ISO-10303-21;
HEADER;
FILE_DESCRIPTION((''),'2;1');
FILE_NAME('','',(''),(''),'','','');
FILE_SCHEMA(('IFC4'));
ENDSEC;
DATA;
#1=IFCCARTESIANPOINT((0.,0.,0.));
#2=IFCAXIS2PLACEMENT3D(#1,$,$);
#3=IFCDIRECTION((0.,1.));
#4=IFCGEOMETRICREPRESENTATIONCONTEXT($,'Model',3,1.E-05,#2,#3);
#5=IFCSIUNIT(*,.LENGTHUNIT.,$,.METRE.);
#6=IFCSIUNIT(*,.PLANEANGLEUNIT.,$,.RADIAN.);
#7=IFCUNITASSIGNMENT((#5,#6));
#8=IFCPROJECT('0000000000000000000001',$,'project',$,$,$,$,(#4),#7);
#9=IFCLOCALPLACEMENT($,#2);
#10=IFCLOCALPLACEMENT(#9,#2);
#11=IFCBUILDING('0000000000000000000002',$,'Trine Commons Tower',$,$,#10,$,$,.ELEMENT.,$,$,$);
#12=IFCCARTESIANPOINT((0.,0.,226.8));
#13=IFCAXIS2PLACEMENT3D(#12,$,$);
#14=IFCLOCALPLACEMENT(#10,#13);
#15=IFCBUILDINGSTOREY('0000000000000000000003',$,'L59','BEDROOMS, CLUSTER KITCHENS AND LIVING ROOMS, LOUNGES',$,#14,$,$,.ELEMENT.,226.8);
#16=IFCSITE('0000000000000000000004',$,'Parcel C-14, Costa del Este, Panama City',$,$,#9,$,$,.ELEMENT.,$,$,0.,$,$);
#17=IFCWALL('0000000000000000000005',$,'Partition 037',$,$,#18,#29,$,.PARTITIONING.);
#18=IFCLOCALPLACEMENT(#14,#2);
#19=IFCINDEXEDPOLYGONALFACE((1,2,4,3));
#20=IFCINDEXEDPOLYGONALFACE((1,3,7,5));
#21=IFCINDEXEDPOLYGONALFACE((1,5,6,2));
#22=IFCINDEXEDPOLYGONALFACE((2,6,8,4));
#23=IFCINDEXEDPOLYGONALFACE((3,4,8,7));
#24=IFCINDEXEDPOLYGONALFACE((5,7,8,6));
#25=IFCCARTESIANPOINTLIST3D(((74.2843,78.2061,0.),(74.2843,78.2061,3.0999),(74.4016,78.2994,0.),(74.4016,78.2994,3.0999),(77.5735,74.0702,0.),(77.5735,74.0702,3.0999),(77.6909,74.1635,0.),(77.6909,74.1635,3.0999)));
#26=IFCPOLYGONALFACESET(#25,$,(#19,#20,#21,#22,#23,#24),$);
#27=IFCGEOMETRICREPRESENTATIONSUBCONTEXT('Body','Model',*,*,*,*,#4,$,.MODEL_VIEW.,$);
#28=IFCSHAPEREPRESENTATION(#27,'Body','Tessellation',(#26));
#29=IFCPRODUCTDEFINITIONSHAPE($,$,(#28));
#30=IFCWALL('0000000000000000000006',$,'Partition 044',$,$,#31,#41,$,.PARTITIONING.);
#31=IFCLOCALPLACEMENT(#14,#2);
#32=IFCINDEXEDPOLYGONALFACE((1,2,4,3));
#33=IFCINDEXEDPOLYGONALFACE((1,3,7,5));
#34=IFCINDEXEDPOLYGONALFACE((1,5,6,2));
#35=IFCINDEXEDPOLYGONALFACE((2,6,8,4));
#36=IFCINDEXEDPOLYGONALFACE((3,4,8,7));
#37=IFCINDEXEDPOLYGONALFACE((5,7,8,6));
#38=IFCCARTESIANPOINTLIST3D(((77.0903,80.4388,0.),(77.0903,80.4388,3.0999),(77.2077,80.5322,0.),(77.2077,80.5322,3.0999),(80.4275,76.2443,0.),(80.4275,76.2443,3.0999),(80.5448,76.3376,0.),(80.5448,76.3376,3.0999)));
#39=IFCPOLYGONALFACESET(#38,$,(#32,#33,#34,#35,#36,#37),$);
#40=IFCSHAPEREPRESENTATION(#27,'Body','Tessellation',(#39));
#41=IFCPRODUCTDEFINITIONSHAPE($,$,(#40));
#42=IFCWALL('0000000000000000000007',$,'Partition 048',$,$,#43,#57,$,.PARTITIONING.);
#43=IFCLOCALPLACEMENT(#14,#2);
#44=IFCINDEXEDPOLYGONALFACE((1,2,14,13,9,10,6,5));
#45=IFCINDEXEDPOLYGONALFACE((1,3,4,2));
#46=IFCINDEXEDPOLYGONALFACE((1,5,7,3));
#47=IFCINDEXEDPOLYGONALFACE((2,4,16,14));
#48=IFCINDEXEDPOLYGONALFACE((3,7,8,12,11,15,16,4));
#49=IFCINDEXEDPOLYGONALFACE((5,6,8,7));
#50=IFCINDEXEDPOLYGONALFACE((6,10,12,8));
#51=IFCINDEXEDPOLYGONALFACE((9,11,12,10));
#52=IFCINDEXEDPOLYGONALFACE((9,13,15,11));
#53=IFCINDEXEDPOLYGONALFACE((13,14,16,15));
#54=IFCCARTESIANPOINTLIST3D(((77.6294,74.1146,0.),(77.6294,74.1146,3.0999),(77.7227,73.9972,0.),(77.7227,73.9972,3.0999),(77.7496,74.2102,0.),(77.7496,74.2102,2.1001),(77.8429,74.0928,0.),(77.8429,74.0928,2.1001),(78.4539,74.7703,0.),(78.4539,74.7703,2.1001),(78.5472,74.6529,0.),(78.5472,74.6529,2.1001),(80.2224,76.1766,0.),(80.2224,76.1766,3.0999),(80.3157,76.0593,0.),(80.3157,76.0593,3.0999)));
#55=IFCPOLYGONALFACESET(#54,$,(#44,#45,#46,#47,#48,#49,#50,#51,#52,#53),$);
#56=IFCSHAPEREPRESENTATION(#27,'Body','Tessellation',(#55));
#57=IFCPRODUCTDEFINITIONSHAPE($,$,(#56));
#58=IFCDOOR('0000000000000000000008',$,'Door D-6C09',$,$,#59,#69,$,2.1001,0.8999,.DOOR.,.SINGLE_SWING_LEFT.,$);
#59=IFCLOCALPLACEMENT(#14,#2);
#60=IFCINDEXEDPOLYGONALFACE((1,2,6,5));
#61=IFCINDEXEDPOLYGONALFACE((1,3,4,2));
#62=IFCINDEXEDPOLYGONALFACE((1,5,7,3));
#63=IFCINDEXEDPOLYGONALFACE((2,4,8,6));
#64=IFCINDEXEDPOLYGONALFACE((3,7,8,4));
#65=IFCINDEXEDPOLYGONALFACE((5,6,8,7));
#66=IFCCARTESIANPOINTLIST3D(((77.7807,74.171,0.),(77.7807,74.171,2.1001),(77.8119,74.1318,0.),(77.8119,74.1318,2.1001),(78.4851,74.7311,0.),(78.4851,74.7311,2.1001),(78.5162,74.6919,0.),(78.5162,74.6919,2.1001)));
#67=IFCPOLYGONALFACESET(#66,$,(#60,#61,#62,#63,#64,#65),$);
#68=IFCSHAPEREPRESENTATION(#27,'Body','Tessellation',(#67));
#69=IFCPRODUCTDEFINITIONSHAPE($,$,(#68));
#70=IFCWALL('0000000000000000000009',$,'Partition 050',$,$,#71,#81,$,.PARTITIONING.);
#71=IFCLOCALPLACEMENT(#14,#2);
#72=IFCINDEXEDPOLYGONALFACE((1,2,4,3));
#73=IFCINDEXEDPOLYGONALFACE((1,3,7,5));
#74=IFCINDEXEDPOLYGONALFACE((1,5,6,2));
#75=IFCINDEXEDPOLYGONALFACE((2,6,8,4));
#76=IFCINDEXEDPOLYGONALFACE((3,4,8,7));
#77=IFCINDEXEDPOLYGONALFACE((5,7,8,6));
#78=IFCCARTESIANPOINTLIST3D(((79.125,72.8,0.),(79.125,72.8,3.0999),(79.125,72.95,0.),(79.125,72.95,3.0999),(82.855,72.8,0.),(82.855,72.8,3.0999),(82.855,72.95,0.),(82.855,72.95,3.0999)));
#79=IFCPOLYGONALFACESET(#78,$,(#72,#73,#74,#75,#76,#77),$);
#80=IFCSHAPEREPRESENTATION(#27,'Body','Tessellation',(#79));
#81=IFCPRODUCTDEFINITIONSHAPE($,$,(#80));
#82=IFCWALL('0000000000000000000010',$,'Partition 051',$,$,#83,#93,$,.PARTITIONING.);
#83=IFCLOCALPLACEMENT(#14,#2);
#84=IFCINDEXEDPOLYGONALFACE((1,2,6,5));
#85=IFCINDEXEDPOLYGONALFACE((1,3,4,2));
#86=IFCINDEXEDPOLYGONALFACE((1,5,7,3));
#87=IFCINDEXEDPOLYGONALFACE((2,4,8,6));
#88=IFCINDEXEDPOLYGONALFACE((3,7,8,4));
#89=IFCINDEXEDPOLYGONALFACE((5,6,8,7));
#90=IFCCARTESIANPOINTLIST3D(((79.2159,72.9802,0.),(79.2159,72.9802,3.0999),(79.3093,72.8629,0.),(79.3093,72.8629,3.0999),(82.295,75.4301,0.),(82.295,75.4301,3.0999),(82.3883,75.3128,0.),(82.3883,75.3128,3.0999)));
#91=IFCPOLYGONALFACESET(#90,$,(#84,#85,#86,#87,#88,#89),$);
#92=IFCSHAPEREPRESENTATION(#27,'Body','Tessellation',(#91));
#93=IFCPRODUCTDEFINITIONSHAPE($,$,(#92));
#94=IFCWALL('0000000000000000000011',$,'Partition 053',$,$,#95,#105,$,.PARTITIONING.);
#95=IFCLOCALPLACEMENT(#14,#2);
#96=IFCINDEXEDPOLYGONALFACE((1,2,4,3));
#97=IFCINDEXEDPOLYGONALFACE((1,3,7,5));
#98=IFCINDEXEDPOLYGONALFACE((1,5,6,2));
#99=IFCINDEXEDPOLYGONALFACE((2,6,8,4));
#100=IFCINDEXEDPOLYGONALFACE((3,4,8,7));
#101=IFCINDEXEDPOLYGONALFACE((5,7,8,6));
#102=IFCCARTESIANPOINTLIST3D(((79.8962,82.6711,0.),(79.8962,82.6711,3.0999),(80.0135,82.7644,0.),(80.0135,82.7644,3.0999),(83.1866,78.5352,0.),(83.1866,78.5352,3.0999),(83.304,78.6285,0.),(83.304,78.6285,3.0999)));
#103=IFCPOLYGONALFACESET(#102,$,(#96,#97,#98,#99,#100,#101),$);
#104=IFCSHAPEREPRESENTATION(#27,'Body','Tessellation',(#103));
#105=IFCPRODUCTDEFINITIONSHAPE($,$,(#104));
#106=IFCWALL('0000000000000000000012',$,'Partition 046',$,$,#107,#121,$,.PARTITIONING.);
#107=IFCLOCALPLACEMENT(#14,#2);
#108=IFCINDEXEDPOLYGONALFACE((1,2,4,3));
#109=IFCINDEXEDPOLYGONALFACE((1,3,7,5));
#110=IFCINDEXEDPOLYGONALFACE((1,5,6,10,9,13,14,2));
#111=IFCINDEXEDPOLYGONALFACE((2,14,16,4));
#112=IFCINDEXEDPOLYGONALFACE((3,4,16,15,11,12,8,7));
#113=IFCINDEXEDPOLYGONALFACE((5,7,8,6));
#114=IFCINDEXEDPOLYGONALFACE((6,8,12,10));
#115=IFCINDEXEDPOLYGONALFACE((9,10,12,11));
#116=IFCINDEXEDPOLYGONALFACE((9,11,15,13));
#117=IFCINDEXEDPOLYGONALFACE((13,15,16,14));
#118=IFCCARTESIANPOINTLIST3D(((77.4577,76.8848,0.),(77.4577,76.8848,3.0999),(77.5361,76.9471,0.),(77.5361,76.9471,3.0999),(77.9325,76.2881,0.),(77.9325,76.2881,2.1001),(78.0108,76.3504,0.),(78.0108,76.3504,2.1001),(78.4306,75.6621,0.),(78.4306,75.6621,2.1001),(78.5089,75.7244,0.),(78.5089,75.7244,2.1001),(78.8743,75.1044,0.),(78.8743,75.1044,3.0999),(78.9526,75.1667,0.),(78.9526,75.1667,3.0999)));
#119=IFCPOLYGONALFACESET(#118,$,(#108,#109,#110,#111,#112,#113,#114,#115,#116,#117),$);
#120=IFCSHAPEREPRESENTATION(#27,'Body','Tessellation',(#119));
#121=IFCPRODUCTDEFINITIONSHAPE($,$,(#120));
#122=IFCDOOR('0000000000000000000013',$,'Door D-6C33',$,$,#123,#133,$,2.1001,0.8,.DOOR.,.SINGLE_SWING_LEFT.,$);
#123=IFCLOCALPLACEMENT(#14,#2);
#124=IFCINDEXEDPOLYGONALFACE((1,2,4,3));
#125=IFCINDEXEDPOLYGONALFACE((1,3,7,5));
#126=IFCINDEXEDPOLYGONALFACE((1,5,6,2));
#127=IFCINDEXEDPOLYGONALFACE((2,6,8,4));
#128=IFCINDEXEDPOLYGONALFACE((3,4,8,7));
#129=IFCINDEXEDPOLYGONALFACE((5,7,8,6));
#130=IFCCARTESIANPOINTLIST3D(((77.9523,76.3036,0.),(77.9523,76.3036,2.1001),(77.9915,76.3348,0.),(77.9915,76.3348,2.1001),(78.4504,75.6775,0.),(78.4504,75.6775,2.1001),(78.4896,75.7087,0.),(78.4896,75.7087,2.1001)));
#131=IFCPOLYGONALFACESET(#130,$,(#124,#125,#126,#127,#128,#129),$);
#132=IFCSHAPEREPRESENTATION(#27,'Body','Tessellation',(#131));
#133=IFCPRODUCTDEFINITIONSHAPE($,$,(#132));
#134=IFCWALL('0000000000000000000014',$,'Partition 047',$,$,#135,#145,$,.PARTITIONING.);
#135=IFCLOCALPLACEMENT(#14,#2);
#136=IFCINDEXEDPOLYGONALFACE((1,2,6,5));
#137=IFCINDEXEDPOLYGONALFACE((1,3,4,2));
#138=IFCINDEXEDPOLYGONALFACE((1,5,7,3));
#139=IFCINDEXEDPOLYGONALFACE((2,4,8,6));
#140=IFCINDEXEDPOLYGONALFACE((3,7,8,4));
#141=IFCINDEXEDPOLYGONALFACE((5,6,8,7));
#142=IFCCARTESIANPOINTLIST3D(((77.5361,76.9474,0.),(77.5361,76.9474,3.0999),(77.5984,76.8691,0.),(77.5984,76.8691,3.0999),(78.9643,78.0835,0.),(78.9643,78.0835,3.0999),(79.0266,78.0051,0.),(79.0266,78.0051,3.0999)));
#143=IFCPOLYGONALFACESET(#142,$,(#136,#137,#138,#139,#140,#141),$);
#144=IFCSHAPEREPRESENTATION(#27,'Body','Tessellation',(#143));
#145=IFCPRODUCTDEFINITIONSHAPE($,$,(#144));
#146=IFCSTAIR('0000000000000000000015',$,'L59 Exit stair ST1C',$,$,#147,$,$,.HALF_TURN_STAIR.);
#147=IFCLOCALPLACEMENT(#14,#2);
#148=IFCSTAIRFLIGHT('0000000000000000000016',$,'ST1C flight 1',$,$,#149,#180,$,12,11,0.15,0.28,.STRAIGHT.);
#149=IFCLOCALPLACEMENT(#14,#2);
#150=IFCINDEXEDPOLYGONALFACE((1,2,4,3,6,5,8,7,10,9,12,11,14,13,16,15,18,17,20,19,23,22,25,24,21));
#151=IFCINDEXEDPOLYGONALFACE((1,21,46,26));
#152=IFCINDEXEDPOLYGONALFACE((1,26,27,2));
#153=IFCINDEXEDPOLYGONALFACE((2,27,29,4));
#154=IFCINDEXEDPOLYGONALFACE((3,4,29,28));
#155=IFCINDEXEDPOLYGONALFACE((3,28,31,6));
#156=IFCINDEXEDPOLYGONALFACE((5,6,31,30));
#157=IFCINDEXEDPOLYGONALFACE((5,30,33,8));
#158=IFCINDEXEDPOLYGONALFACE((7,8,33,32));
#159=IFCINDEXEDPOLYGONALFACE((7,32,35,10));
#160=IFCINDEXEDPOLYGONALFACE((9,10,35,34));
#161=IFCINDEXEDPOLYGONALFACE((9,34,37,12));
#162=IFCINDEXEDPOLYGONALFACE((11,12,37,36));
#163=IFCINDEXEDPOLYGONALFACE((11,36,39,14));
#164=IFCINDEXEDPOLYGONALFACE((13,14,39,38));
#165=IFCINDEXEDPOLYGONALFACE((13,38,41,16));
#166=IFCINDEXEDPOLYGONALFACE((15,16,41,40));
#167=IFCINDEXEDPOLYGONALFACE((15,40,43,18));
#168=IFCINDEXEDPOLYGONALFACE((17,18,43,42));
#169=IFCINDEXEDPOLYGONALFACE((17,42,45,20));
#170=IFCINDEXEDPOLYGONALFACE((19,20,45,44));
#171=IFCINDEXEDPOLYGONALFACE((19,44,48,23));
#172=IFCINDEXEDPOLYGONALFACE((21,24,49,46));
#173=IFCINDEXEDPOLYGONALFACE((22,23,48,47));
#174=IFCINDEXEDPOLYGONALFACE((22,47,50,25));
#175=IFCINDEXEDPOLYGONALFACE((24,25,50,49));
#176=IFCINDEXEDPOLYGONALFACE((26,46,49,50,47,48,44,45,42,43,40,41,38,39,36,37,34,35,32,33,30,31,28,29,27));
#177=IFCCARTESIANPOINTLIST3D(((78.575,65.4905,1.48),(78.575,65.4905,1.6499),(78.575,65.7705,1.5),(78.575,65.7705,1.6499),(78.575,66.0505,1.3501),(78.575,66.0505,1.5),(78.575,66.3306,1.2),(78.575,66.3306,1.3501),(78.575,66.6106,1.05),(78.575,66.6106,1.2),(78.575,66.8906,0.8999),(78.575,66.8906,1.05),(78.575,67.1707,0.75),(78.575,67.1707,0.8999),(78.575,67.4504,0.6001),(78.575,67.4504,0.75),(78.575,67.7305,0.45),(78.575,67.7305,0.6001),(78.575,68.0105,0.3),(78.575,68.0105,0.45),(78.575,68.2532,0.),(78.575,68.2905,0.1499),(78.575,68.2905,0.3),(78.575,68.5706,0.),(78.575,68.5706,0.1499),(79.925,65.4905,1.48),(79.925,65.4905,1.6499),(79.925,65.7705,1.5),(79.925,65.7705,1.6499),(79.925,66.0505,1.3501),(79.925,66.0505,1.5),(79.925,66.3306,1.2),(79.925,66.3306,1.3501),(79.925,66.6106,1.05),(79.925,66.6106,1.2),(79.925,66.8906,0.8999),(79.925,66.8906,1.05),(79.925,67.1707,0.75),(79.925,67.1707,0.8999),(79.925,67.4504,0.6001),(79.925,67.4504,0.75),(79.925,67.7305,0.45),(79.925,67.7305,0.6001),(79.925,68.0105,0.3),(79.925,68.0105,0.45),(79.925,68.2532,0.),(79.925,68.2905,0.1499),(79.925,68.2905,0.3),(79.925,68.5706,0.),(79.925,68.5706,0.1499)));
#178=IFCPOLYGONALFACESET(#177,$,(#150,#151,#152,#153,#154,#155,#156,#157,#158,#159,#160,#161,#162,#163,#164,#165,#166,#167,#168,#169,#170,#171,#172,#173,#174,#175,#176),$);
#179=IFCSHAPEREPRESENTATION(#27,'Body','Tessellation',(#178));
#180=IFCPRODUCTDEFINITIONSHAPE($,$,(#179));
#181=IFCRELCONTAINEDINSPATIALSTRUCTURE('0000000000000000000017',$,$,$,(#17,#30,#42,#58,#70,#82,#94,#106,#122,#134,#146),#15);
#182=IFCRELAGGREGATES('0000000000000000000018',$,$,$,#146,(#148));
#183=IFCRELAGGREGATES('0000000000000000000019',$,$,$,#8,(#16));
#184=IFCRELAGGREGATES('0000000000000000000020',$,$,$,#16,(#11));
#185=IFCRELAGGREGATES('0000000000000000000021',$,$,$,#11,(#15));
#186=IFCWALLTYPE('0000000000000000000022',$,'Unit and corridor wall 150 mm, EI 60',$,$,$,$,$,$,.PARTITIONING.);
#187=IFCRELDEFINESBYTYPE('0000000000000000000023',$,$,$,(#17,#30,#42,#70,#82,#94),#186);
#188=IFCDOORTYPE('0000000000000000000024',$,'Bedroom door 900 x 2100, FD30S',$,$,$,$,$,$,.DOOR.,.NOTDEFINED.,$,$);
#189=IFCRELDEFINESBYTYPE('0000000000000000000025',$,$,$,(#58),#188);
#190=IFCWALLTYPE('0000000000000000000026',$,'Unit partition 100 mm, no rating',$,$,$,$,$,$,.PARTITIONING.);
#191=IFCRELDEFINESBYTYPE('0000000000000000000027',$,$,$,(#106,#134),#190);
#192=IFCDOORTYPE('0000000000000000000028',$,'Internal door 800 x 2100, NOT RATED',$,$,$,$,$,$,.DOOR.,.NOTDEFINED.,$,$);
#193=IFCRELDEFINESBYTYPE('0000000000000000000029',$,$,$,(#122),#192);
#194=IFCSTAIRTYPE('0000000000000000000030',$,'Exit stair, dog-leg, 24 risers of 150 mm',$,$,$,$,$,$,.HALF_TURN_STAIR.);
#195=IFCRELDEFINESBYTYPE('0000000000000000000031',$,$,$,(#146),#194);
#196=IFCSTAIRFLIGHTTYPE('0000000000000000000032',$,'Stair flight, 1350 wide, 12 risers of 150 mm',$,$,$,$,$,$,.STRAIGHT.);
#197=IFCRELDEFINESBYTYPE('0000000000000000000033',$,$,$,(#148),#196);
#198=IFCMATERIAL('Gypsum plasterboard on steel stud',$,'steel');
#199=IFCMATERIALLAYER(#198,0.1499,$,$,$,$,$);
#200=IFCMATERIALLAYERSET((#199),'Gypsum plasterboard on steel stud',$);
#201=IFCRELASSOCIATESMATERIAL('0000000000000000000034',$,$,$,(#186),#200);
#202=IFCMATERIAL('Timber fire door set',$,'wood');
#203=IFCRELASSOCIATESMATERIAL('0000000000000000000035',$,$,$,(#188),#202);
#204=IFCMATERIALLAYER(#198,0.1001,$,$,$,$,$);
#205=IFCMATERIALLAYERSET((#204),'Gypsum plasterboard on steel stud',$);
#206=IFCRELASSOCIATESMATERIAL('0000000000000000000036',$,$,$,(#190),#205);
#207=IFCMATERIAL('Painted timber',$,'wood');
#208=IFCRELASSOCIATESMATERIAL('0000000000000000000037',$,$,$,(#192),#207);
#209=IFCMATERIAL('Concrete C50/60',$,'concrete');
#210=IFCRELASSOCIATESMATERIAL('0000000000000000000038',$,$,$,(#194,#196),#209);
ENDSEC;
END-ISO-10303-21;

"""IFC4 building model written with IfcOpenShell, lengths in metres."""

from ifc_helpers import new_model, si_unit, direction, frame, frame_2d, origin, place, context, subcontext, project, spatial, polyline, rectangle, outline, extrude, material, layer, layer_set, type_object, element, fill, aggregate, save


model = new_model("IFC4")

# Units and contexts
model_context = context("Model", 3, precision=1e-05, world=origin(), true_north=direction((0.0, 1.0)))
body_context = subcontext(model_context, "Body", "Model", "MODEL_VIEW")
ifc_project = project(units=[si_unit("LENGTHUNIT", "METRE"), si_unit("PLANEANGLEUNIT", "RADIAN")], contexts=[model_context])

# Site, building, storey
site_placement = place(None, origin())
site = spatial("IfcSite", under=ifc_project, at=site_placement, Name="Parcel C-14, Costa del Este, Panama City", CompositionType="ELEMENT", RefElevation=0.0)
building_placement = place(site_placement, origin())
building = spatial("IfcBuilding", under=site, at=building_placement, Name="Trine Commons Tower", CompositionType="ELEMENT")
storey_placement = place(building_placement, frame((0.0, 0.0, 226.8)))
storey = spatial("IfcBuildingStorey", under=building, at=storey_placement, Name="L59", Description="BEDROOMS, CLUSTER KITCHENS AND LIVING ROOMS, LOUNGES", CompositionType="ELEMENT", Elevation=226.8)

# Walls
ifc_material_1 = material(Name="Gypsum plasterboard on steel stud", Category="steel")
ifc_layer_1 = layer(ifc_material_1, 0.1499)
ifc_layer_set_1 = layer_set([ifc_layer_1], Name="Gypsum plasterboard on steel stud")
wall_type_1 = type_object("IfcWallType", Name="Unit and corridor wall 150 mm, EI 60", PredefinedType="PARTITIONING", material=ifc_layer_set_1)
wall_1_placement = place(storey_placement, frame((74.343, 78.2527, 0.0), z_axis=(0.0, 0.0, 1.0), x_axis=(0.622444, -0.782664, 0.0)))
element("IfcWall", 1, at=wall_1_placement, inside=storey, type_object=wall_type_1, Name="Partition 037", PredefinedType="PARTITIONING", context=body_context, shape_type="SweptSolid", body=[
    extrude(rectangle(XDim=5.2844, YDim=0.1499, at=frame_2d((2.6421, 0.0))), origin(), (0.0, 0.0, 1.0), 3.0999),
])
wall_2_placement = place(storey_placement, frame((77.1489, 80.4856, 0.0), z_axis=(0.0, 0.0, 1.0), x_axis=(0.622588, -0.78255, 0.0)))
element("IfcWall", 2, at=wall_2_placement, inside=storey, type_object=wall_type_1, Name="Partition 044", PredefinedType="PARTITIONING", context=body_context, shape_type="SweptSolid", body=[
    extrude(rectangle(XDim=5.3601, YDim=0.1499, at=frame_2d((2.6802, 0.0))), origin(), (0.0, 0.0, 1.0), 3.0999),
])

# Wall, opening, door
wall_3_placement = place(storey_placement, frame((77.676, 74.0559, 0.0), z_axis=(0.0, 0.0, 1.0), x_axis=(0.782692, 0.62241, 0.0)))
wall_3 = element("IfcWall", 3, at=wall_3_placement, inside=storey, type_object=wall_type_1, Name="Partition 048", PredefinedType="PARTITIONING", context=body_context, shape_type="SweptSolid", body=[
    extrude(rectangle(XDim=3.313, YDim=0.1499, at=frame_2d((1.6565, 0.0))), origin(), (0.0, 0.0, 1.0), 3.0999),
])
opening_1_placement = place(wall_3_placement, frame((0.1536, 0.0, 0.0)))
opening_1 = element("IfcOpeningElement", 4, at=opening_1_placement, cuts=wall_3, PredefinedType="OPENING", context=body_context, shape_type="SweptSolid", body=[
    extrude(rectangle(XDim=0.8999, YDim=2.1001, at=frame_2d((0.45, 1.05))), frame((0.0, 0.085, 0.0), z_axis=(0.0, -1.0, 0.0), x_axis=(1.0, 0.0, 0.0)), (0.0, 0.0, 1.0), 0.1699),
])
ifc_material_2 = material(Name="Timber fire door set", Category="wood")
door_type_1 = type_object("IfcDoorType", Name="Bedroom door 900 x 2100, FD30S", OperationType="NOTDEFINED", PredefinedType="DOOR", material=ifc_material_2)
door_1_placement = place(opening_1_placement, origin())
door_1 = element("IfcDoor", 5, at=door_1_placement, inside=storey, type_object=door_type_1, Name="Door D-6C09", OperationType="SINGLE_SWING_LEFT", OverallHeight=2.1001, OverallWidth=0.8999, PredefinedType="DOOR", context=body_context, shape_type="SweptSolid", body=[
    extrude(rectangle(XDim=0.8999, YDim=2.1001, at=frame_2d((0.45, 1.05))), frame((0.0, 0.0249, 0.0), z_axis=(0.0, -1.0, 0.0), x_axis=(1.0, 0.0, 0.0)), (0.0, 0.0, 1.0), 0.05),
])
fill(opening_1, door_1)

# Walls
wall_4_placement = place(storey_placement, frame((79.125, 72.875, 0.0), z_axis=(0.0, 0.0, 1.0), x_axis=(1.0, 0.0, 0.0)))
element("IfcWall", 6, at=wall_4_placement, inside=storey, type_object=wall_type_1, Name="Partition 050", PredefinedType="PARTITIONING", context=body_context, shape_type="SweptSolid", body=[
    extrude(rectangle(XDim=3.73, YDim=0.1499, at=frame_2d((1.865, 0.0))), origin(), (0.0, 0.0, 1.0), 3.0999),
])
wall_5_placement = place(storey_placement, frame((79.2627, 72.9216, 0.0), z_axis=(0.0, 0.0, 1.0), x_axis=(0.782519, 0.622627, 0.0)))
element("IfcWall", 7, at=wall_5_placement, inside=storey, type_object=wall_type_1, Name="Partition 051", PredefinedType="PARTITIONING", context=body_context, shape_type="SweptSolid", body=[
    extrude(rectangle(XDim=3.9348, YDim=0.1499, at=frame_2d((1.9673, 0.0))), origin(), (0.0, 0.0, 1.0), 3.0999),
])
wall_6_placement = place(storey_placement, frame((79.9548, 82.7178, 0.0), z_axis=(0.0, 0.0, 1.0), x_axis=(0.622586, -0.782551, 0.0)))
element("IfcWall", 8, at=wall_6_placement, inside=storey, type_object=wall_type_1, Name="Partition 053", PredefinedType="PARTITIONING", context=body_context, shape_type="SweptSolid", body=[
    extrude(rectangle(XDim=5.2852, YDim=0.1499, at=frame_2d((2.6426, 0.0))), origin(), (0.0, 0.0, 1.0), 3.0999),
])

# Wall, opening, door
ifc_layer_2 = layer(ifc_material_1, 0.1001)
ifc_layer_set_2 = layer_set([ifc_layer_2], Name="Gypsum plasterboard on steel stud")
wall_type_2 = type_object("IfcWallType", Name="Unit partition 100 mm, no rating", PredefinedType="PARTITIONING", material=ifc_layer_set_2)
wall_7_placement = place(storey_placement, frame((77.4968, 76.916, 0.0), z_axis=(0.0, 0.0, 1.0), x_axis=(0.622625, -0.78252, 0.0)))
wall_7 = element("IfcWall", 9, at=wall_7_placement, inside=storey, type_object=wall_type_2, Name="Partition 046", PredefinedType="PARTITIONING", context=body_context, shape_type="SweptSolid", body=[
    extrude(rectangle(XDim=2.2751, YDim=0.1001, at=frame_2d((1.1377, 0.0))), origin(), (0.0, 0.0, 1.0), 3.0999),
])
opening_2_placement = place(wall_7_placement, frame((0.7627, 0.0, 0.0)))
opening_2 = element("IfcOpeningElement", 10, at=opening_2_placement, cuts=wall_7, PredefinedType="OPENING", context=body_context, shape_type="SweptSolid", body=[
    extrude(rectangle(XDim=0.8, YDim=2.1001, at=frame_2d((0.3999, 1.05))), frame((0.0, 0.0601, 0.0), z_axis=(0.0, -1.0, 0.0), x_axis=(1.0, 0.0, 0.0)), (0.0, 0.0, 1.0), 0.1201),
])
ifc_material_3 = material(Name="Painted timber", Category="wood")
door_type_2 = type_object("IfcDoorType", Name="Internal door 800 x 2100, NOT RATED", OperationType="NOTDEFINED", PredefinedType="DOOR", material=ifc_material_3)
door_2_placement = place(opening_2_placement, frame((0.8, 0.0, 0.0), z_axis=(0.0, 0.0, 1.0), x_axis=(-1.0, 0.0, 0.0)))
door_2 = element("IfcDoor", 11, at=door_2_placement, inside=storey, type_object=door_type_2, Name="Door D-6C33", OperationType="SINGLE_SWING_LEFT", OverallHeight=2.1001, OverallWidth=0.8, PredefinedType="DOOR", context=body_context, shape_type="SweptSolid", body=[
    extrude(rectangle(XDim=0.8, YDim=2.1001, at=frame_2d((0.3999, 1.05))), frame((0.0, 0.0249, 0.0), z_axis=(0.0, -1.0, 0.0), x_axis=(1.0, 0.0, 0.0)), (0.0, 0.0, 1.0), 0.05),
])
fill(opening_2, door_2)

# Wall
wall_8_placement = place(storey_placement, frame((77.5671, 76.9082, 0.0), z_axis=(0.0, 0.0, 1.0), x_axis=(0.782628, 0.62249, 0.0)))
element("IfcWall", 12, at=wall_8_placement, inside=storey, type_object=wall_type_2, Name="Partition 047", PredefinedType="PARTITIONING", context=body_context, shape_type="SweptSolid", body=[
    extrude(rectangle(XDim=1.825, YDim=0.1001, at=frame_2d((0.9126, 0.0))), origin(), (0.0, 0.0, 1.0), 3.0999),
])

# Stair, stair flight
ifc_material_4 = material(Name="Concrete C50/60", Category="concrete")
stair_type = type_object("IfcStairType", Name="Exit stair, dog-leg, 24 risers of 150 mm", PredefinedType="HALF_TURN_STAIR", material=ifc_material_4)
stair_placement = place(storey_placement, origin())
stair = element("IfcStair", 13, at=stair_placement, inside=storey, type_object=stair_type, Name="L59 Exit stair ST1C", PredefinedType="HALF_TURN_STAIR")
stair_flight_type = type_object("IfcStairFlightType", Name="Stair flight, 1350 wide, 12 risers of 150 mm", PredefinedType="STRAIGHT", material=ifc_material_4)
stair_flight_placement = place(storey_placement, frame((79.25, 68.5706, 0.0), z_axis=(0.0, 0.0, 1.0), x_axis=(0.0, -1.0, 0.0)))
stair_flight = element("IfcStairFlight", 14, at=stair_flight_placement, type_object=stair_flight_type, Name="ST1C flight 1", NumberOfRisers=12, NumberOfTreads=11, PredefinedType="STRAIGHT", RiserHeight=0.15, TreadLength=0.28, context=body_context, shape_type="SweptSolid", body=[
    extrude(outline(polyline([(0.0, 0.0), (0.0, 0.1499), (0.28, 0.1499), (0.28, 0.3), (0.5601, 0.3), (0.5601, 0.45), (0.8401, 0.45), (0.8401, 0.6001), (1.1201, 0.6001), (1.1201, 0.75), (1.3999, 0.75), (1.3999, 0.8999), (1.6799, 0.8999), (1.6799, 1.05), (1.96, 1.05), (1.96, 1.2), (2.24, 1.2), (2.24, 1.3501), (2.52, 1.3501), (2.52, 1.5), (2.8, 1.5), (2.8, 1.6499), (3.0801, 1.6499), (3.0801, 1.8), (3.0801, 1.48), (0.3174, 0.0), (0.0, 0.0)])), frame((0.0, 0.675, 0.0), z_axis=(0.0, -1.0, 0.0), x_axis=(1.0, 0.0, 0.0)), (0.0, 0.0, 1.0), 1.3501),
])
aggregate(stair, [stair_flight])

save(model, "model.ifc")
